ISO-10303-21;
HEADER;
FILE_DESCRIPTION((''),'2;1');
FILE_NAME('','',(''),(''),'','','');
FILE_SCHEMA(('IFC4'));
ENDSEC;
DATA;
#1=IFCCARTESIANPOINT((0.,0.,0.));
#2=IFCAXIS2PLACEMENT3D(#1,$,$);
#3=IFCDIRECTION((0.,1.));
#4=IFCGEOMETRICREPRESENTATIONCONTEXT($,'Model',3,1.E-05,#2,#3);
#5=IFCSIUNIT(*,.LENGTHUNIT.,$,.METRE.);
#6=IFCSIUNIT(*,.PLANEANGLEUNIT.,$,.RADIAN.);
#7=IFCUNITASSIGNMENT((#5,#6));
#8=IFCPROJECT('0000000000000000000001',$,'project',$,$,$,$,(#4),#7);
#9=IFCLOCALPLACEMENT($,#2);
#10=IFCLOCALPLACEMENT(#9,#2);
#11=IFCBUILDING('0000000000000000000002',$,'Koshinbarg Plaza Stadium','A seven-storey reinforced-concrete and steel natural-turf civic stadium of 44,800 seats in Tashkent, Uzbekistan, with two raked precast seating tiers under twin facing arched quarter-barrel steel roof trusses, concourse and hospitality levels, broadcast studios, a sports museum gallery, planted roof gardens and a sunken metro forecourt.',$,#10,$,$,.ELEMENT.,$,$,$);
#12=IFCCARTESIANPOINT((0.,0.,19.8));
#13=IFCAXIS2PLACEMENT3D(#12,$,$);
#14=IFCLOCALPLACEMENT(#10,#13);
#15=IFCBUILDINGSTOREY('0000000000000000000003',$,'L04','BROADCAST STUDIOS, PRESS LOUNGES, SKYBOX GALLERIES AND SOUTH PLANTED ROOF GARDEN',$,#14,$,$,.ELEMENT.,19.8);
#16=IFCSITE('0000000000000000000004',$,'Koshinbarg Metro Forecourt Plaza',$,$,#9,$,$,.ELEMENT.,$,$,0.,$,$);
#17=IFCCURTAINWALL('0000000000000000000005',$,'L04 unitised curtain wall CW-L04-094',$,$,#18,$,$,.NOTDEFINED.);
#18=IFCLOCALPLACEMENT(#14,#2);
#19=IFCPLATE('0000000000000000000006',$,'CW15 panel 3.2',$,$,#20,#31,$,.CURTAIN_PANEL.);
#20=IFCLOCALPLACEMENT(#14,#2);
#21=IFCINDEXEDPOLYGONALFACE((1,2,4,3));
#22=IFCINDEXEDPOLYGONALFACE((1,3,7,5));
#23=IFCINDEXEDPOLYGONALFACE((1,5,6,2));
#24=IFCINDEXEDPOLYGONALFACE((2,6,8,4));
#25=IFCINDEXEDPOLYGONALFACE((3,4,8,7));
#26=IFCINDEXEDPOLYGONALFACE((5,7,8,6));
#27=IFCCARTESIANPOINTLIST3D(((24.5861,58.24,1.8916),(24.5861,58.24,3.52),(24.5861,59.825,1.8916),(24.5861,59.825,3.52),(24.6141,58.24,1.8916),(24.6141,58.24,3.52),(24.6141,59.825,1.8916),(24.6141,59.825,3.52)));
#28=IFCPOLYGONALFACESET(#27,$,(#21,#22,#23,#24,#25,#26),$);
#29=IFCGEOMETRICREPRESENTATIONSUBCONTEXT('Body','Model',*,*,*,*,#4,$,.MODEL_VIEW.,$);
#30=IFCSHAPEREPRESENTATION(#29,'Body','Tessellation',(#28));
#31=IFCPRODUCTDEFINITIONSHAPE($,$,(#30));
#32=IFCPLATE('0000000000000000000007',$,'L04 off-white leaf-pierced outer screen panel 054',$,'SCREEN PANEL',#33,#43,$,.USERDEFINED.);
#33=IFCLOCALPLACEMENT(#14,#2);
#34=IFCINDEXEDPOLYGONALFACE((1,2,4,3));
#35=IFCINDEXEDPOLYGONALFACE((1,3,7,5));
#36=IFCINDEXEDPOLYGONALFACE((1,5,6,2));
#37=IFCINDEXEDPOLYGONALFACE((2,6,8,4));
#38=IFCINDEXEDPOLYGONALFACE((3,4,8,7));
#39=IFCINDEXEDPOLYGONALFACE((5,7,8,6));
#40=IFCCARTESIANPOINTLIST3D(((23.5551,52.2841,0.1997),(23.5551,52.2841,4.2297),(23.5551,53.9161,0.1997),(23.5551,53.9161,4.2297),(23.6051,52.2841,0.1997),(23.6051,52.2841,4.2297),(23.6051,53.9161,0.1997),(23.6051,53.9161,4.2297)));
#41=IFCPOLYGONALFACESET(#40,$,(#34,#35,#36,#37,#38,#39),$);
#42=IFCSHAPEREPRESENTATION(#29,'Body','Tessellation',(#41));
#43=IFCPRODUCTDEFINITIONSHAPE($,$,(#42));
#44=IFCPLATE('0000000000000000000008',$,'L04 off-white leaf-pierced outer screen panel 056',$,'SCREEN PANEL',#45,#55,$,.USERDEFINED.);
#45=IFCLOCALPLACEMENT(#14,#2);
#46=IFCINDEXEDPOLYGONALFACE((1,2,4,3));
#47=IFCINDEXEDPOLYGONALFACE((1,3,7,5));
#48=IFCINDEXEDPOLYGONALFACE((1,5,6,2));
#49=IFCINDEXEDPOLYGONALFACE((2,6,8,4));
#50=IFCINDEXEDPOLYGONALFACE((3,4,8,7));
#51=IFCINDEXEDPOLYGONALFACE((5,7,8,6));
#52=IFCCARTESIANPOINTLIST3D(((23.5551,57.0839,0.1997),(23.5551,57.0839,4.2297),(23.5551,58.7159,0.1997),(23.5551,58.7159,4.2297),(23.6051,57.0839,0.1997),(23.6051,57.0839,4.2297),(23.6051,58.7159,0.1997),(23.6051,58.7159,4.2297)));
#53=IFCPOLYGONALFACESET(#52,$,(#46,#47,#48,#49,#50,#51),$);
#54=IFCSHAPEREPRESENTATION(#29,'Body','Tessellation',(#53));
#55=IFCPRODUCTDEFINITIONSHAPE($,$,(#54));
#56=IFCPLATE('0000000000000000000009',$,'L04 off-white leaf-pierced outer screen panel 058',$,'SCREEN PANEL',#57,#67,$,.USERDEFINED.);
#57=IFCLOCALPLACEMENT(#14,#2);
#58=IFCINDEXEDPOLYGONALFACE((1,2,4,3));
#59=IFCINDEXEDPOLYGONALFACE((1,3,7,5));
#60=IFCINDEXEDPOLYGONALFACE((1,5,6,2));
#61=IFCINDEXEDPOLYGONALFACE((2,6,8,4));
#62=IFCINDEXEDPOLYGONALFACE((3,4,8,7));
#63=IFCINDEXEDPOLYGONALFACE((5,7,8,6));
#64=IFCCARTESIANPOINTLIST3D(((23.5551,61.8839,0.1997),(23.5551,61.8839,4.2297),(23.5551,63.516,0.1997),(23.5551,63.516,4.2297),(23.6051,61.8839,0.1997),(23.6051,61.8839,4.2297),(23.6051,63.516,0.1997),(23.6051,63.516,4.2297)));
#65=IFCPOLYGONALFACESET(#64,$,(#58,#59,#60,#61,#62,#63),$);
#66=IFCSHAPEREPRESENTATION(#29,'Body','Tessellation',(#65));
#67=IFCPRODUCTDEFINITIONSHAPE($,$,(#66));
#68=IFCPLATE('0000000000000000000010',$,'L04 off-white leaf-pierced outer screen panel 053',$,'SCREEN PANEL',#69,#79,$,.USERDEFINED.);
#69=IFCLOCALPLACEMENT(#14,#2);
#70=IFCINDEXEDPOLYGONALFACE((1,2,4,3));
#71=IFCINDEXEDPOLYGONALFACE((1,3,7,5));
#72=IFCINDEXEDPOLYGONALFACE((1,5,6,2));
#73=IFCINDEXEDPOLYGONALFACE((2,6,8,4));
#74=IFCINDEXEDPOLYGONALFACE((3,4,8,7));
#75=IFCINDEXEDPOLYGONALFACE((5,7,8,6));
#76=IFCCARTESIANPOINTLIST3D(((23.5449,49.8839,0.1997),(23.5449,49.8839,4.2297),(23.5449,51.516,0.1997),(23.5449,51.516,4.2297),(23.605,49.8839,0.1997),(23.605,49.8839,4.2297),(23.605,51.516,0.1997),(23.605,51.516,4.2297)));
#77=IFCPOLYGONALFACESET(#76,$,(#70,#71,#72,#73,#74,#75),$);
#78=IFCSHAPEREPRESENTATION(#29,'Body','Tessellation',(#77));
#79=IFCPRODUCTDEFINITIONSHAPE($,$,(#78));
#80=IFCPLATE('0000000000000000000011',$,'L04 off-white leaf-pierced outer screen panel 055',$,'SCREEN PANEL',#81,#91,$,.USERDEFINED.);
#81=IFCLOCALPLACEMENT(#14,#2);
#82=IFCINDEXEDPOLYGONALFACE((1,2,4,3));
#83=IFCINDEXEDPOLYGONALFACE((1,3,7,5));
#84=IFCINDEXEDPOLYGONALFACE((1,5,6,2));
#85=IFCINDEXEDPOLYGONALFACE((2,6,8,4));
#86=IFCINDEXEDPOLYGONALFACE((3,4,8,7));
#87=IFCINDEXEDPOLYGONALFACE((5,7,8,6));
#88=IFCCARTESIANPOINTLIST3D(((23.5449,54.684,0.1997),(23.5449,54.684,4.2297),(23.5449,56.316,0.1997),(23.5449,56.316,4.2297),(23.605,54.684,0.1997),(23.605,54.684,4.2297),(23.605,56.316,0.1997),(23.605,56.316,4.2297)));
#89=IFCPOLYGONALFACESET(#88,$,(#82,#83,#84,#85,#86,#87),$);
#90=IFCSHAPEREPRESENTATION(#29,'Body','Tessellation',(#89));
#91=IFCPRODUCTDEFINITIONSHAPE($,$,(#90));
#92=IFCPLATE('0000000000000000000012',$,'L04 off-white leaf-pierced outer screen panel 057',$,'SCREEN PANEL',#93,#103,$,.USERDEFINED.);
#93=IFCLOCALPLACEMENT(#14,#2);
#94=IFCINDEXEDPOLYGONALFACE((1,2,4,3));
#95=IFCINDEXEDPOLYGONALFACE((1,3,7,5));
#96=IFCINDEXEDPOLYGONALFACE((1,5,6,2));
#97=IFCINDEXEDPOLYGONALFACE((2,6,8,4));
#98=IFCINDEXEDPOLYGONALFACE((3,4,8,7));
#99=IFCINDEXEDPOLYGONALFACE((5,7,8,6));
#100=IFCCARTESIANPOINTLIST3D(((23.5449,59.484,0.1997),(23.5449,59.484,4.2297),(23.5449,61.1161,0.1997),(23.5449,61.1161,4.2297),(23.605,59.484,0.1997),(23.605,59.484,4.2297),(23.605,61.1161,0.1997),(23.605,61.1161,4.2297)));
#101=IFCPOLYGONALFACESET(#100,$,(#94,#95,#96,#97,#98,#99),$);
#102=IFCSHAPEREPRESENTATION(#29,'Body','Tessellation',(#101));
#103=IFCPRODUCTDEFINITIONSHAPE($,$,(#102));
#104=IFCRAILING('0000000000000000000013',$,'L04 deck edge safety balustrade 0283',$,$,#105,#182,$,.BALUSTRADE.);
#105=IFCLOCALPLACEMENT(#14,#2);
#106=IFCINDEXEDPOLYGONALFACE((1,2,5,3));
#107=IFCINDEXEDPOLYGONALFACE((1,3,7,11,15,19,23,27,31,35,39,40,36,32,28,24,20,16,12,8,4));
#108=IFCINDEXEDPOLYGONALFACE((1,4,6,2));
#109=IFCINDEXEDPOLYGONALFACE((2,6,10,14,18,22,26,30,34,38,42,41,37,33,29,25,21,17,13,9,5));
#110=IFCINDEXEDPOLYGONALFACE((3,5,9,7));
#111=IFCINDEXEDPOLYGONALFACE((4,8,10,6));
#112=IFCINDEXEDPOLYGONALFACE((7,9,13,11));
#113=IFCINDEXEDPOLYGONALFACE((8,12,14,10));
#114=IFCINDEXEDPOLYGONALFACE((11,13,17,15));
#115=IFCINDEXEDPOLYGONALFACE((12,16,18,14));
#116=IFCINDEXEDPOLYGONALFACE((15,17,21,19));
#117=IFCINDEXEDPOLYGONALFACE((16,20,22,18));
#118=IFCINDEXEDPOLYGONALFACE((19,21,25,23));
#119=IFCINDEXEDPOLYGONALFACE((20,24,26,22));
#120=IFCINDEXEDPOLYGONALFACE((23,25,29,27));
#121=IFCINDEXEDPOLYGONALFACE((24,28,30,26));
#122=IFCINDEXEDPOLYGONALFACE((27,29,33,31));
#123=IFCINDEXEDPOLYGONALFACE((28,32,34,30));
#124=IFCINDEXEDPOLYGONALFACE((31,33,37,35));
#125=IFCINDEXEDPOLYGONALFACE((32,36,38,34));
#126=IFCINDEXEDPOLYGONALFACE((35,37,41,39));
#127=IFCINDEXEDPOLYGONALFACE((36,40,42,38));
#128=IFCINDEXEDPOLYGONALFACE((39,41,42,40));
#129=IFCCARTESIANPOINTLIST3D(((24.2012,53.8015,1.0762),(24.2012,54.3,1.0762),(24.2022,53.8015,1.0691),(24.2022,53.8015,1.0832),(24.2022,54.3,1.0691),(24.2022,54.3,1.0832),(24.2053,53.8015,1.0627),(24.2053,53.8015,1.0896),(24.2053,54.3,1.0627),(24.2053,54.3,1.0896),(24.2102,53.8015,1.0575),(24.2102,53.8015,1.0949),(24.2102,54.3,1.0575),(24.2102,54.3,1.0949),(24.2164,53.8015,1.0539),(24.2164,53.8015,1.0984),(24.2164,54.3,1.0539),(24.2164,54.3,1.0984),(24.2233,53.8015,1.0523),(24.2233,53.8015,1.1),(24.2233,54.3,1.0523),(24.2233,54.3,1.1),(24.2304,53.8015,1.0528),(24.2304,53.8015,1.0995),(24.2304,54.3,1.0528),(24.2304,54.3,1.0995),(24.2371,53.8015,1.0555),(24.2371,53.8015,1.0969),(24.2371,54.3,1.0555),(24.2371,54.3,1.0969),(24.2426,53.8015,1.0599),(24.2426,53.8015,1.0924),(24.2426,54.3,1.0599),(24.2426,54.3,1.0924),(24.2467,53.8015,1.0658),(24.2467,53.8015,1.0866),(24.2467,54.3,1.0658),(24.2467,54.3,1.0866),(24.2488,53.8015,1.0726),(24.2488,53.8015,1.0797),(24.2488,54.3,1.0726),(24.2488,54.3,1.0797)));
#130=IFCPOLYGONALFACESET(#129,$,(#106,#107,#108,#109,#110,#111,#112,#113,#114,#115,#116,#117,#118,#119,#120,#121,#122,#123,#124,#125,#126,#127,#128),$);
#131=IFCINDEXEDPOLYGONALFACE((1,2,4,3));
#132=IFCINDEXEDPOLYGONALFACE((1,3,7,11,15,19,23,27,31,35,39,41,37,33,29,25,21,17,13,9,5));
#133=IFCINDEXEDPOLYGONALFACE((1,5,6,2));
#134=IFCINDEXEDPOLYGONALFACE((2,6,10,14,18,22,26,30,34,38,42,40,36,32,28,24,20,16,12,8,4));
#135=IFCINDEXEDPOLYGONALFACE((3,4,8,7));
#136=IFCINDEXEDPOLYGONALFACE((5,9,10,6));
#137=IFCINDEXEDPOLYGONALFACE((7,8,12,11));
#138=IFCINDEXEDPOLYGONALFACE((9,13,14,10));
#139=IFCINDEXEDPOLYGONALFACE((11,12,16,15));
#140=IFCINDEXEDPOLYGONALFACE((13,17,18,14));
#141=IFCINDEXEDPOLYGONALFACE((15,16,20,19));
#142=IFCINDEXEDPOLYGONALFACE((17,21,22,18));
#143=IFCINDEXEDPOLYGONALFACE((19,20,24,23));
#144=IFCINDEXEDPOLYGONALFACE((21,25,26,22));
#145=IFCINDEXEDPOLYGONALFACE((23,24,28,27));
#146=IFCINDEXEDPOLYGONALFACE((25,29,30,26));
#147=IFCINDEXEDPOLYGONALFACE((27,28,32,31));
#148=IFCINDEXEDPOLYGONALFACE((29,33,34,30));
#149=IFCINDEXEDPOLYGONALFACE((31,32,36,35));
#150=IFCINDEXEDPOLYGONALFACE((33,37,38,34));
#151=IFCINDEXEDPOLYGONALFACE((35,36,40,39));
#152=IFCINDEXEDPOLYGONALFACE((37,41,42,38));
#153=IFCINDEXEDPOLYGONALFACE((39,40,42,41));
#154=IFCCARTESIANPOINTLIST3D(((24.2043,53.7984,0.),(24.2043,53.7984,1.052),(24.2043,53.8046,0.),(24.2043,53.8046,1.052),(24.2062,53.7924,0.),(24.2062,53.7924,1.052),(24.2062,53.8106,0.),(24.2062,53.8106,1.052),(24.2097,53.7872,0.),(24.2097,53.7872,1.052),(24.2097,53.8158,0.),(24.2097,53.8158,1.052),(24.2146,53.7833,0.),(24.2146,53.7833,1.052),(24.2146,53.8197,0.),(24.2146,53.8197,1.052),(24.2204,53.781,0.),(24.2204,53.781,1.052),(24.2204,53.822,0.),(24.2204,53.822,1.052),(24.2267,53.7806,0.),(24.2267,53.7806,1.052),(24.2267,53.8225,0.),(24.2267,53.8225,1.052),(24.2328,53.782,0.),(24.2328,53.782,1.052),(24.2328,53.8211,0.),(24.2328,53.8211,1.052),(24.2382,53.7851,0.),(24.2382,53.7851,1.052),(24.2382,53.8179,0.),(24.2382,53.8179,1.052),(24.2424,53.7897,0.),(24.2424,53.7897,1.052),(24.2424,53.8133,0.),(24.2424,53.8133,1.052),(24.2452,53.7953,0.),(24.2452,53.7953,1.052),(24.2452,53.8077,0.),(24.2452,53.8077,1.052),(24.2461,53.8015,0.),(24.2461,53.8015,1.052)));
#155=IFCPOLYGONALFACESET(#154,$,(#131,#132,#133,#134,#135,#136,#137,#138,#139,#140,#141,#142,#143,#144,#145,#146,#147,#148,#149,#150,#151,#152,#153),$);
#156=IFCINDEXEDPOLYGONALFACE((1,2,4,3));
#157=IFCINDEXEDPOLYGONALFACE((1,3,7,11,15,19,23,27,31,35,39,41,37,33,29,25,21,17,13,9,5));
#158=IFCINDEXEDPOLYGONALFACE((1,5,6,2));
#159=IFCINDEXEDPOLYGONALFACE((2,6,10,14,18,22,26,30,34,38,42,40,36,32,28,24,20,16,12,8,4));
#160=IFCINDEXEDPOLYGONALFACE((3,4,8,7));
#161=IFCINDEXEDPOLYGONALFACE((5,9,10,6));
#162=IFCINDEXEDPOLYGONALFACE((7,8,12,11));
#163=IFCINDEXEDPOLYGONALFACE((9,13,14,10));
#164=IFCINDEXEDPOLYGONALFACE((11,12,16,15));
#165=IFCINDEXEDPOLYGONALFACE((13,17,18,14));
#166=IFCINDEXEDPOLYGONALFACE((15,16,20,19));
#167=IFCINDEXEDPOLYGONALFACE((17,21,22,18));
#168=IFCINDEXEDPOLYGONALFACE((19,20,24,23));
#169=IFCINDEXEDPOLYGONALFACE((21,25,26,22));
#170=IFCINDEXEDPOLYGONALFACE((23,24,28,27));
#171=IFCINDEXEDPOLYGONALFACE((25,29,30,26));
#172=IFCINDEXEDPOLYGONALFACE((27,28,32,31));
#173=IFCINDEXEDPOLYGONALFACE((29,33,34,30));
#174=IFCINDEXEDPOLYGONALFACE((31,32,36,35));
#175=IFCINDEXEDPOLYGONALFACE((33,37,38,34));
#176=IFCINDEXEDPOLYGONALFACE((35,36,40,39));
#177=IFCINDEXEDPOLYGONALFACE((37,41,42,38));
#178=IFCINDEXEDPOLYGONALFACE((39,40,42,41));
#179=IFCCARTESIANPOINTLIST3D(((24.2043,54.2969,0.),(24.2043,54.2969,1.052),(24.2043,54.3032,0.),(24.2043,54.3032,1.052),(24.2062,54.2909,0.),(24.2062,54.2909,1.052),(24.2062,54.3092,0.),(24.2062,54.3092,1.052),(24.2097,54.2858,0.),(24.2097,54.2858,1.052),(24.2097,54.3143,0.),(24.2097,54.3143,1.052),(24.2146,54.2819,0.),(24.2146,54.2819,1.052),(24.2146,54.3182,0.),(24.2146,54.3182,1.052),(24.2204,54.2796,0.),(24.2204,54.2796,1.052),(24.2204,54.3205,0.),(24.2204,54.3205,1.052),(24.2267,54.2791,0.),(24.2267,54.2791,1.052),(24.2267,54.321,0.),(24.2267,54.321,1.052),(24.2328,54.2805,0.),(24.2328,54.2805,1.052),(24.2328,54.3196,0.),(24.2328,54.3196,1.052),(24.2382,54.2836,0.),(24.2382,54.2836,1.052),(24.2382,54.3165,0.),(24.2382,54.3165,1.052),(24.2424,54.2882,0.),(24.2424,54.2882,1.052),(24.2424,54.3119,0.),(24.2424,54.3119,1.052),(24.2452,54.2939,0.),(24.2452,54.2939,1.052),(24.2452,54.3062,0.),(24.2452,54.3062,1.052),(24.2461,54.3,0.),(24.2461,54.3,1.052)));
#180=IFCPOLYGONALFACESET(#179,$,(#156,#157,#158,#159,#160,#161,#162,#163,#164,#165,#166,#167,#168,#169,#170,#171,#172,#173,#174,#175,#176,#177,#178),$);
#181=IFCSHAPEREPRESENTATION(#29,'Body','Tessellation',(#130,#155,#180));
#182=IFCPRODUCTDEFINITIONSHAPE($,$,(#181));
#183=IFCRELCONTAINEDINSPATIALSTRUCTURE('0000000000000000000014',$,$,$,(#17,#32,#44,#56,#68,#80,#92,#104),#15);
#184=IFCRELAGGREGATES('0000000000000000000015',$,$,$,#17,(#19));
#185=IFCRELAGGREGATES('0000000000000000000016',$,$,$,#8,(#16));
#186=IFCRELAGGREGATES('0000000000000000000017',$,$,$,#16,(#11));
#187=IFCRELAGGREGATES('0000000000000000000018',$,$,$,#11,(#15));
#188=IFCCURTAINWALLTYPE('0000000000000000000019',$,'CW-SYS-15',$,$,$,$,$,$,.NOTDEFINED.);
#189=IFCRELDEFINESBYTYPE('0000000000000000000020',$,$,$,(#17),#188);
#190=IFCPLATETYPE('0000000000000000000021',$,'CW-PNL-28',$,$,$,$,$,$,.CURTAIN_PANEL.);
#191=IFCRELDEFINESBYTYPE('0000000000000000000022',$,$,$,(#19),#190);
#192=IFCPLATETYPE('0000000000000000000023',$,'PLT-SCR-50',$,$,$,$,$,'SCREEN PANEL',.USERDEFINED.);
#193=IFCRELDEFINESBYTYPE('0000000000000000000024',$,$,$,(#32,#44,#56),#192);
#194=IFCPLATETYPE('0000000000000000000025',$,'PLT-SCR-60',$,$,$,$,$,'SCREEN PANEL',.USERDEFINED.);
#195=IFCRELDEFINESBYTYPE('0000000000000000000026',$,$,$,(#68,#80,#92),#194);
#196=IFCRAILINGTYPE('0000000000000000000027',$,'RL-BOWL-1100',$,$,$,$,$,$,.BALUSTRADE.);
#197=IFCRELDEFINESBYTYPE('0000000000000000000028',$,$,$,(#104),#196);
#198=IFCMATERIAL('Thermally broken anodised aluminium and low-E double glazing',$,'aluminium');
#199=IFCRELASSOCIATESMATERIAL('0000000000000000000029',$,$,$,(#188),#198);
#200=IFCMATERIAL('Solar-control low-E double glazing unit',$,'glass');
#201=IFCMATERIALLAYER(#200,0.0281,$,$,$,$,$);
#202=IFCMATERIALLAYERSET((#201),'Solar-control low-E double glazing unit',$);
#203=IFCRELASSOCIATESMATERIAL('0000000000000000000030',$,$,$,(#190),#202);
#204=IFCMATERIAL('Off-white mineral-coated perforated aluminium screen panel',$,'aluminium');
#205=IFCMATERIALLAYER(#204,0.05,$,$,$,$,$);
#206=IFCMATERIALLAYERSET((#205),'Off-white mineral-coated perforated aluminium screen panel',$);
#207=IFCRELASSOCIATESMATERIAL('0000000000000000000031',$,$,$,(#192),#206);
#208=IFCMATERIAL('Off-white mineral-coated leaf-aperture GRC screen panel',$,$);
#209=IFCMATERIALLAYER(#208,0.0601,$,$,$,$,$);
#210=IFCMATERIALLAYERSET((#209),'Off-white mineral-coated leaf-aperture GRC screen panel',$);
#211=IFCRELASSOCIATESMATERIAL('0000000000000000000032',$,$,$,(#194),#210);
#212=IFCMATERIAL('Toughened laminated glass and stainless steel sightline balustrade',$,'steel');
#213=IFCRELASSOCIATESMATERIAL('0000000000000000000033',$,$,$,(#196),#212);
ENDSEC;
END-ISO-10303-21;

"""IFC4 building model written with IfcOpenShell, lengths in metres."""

from ifc_helpers import new_model, si_unit, direction, frame, origin, origin_2d, place, context, subcontext, project, spatial, rectangle, circle, extrude, material, layer, layer_set, type_object, element, aggregate, save


model = new_model("IFC4")

# Units and contexts
model_context = context("Model", 3, precision=1e-05, world=origin(), true_north=direction((0.0, 1.0)))
body_context = subcontext(model_context, "Body", "Model", "MODEL_VIEW")
ifc_project = project(units=[si_unit("LENGTHUNIT", "METRE"), si_unit("PLANEANGLEUNIT", "RADIAN")], contexts=[model_context])

# Site, building, storey
site_placement = place(None, origin())
site = spatial("IfcSite", under=ifc_project, at=site_placement, Name="Koshinbarg Metro Forecourt Plaza", CompositionType="ELEMENT", RefElevation=0.0)
building_placement = place(site_placement, origin())
building = spatial("IfcBuilding", under=site, at=building_placement, Name="Koshinbarg Plaza Stadium", Description="A seven-storey reinforced-concrete and steel natural-turf civic stadium of 44,800 seats in Tashkent, Uzbekistan, with two raked precast seating tiers under twin facing arched quarter-barrel steel roof trusses, concourse and hospitality levels, broadcast studios, a sports museum gallery, planted roof gardens and a sunken metro forecourt.", CompositionType="ELEMENT")
storey_placement = place(building_placement, frame((0.0, 0.0, 19.8)))
storey = spatial("IfcBuildingStorey", under=building, at=storey_placement, Name="L04", Description="BROADCAST STUDIOS, PRESS LOUNGES, SKYBOX GALLERIES AND SOUTH PLANTED ROOF GARDEN", CompositionType="ELEMENT", Elevation=19.8)

# Curtain wall
ifc_material_1 = material(Name="Thermally broken anodised aluminium and low-E double glazing", Category="aluminium")
curtain_wall_type = type_object("IfcCurtainWallType", Name="CW-SYS-15", PredefinedType="NOTDEFINED", material=ifc_material_1)
curtain_wall_placement = place(storey_placement, origin())
curtain_wall = element("IfcCurtainWall", 1, at=curtain_wall_placement, inside=storey, type_object=curtain_wall_type, Name="L04 unitised curtain wall CW-L04-094", PredefinedType="NOTDEFINED")

# Plate
ifc_material_2 = material(Name="Solar-control low-E double glazing unit", Category="glass")
ifc_layer_1 = layer(ifc_material_2, 0.0281)
ifc_layer_set_1 = layer_set([ifc_layer_1], Name="Solar-control low-E double glazing unit")
plate_type_1 = type_object("IfcPlateType", Name="CW-PNL-28", PredefinedType="CURTAIN_PANEL", material=ifc_layer_set_1)
plate_1_placement = place(storey_placement, frame((24.6001, 59.0325, 1.8916), z_axis=(0.0, 0.0, 1.0), x_axis=(0.0, 1.0, 0.0)))
plate_1 = element("IfcPlate", 2, at=plate_1_placement, type_object=plate_type_1, Name="CW15 panel 3.2", PredefinedType="CURTAIN_PANEL", context=body_context, shape_type="SweptSolid", body=[
    extrude(rectangle(XDim=1.585, YDim=0.0281, at=origin_2d()), origin(), (0.0, 0.0, 1.0), 1.6284),
])
aggregate(curtain_wall, [plate_1])

# Plates
ifc_material_3 = material(Name="Off-white mineral-coated perforated aluminium screen panel", Category="aluminium")
ifc_layer_2 = layer(ifc_material_3, 0.05)
ifc_layer_set_2 = layer_set([ifc_layer_2], Name="Off-white mineral-coated perforated aluminium screen panel")
plate_type_2 = type_object("IfcPlateType", Name="PLT-SCR-50", ElementType="SCREEN PANEL", PredefinedType="USERDEFINED", material=ifc_layer_set_2)
for number, where, z_axis, x_axis, name in (
    (3, (23.5801, 53.1001, 0.1997), (0.0, 0.0, 1.0), (1.0, 0.0, 0.0), "L04 off-white leaf-pierced outer screen panel 054"),
    (4, (23.5801, 57.8999, 0.1997), (0.0, 0.0, 1.0), (1.0, 0.0, 0.0), "L04 off-white leaf-pierced outer screen panel 056"),
    (5, (23.5801, 62.7, 0.1997), (0.0, 0.0, 1.0), (1.0, 0.0, 0.0), "L04 off-white leaf-pierced outer screen panel 058"),
):
    element("IfcPlate", number, at=place(storey_placement, frame(where, z_axis=z_axis, x_axis=x_axis)), inside=storey, type_object=plate_type_2, Name=name, ObjectType="SCREEN PANEL", PredefinedType="USERDEFINED", context=body_context, shape_type="SweptSolid", body=[
        extrude(rectangle(XDim=0.05, YDim=1.6321, at=origin_2d()), origin(), (0.0, 0.0, 1.0), 4.03),
    ])
ifc_material_4 = material(Name="Off-white mineral-coated leaf-aperture GRC screen panel")
ifc_layer_3 = layer(ifc_material_4, 0.0601)
ifc_layer_set_3 = layer_set([ifc_layer_3], Name="Off-white mineral-coated leaf-aperture GRC screen panel")
plate_type_3 = type_object("IfcPlateType", Name="PLT-SCR-60", ElementType="SCREEN PANEL", PredefinedType="USERDEFINED", material=ifc_layer_set_3)
for number, where, z_axis, x_axis, name in (
    (6, (23.575, 50.7, 0.1997), (0.0, 0.0, 1.0), (1.0, 0.0, 0.0), "L04 off-white leaf-pierced outer screen panel 053"),
    (7, (23.575, 55.5, 0.1997), (0.0, 0.0, 1.0), (1.0, 0.0, 0.0), "L04 off-white leaf-pierced outer screen panel 055"),
    (8, (23.575, 60.3, 0.1997), (0.0, 0.0, 1.0), (1.0, 0.0, 0.0), "L04 off-white leaf-pierced outer screen panel 057"),
):
    element("IfcPlate", number, at=place(storey_placement, frame(where, z_axis=z_axis, x_axis=x_axis)), inside=storey, type_object=plate_type_3, Name=name, ObjectType="SCREEN PANEL", PredefinedType="USERDEFINED", context=body_context, shape_type="SweptSolid", body=[
        extrude(rectangle(XDim=0.0601, YDim=1.6321, at=origin_2d()), origin(), (0.0, 0.0, 1.0), 4.03),
    ])

# Railing
ifc_material_5 = material(Name="Toughened laminated glass and stainless steel sightline balustrade", Category="steel")
railing_type = type_object("IfcRailingType", Name="RL-BOWL-1100", PredefinedType="BALUSTRADE", material=ifc_material_5)
railing_1_placement = place(storey_placement, frame((24.2251, 53.8015, 0.0)))
element("IfcRailing", 9, at=railing_1_placement, inside=storey, type_object=railing_type, Name="L04 deck edge safety balustrade 0283", PredefinedType="BALUSTRADE", context=body_context, shape_type="SweptSolid", body=[
    extrude(circle(Radius=0.0239, at=origin_2d()), frame((0.0, 0.0, 1.0762), z_axis=(0.0, 1.0, 0.0), x_axis=(-1.0, 0.0, 0.0)), (0.0, 0.0, 1.0), 0.4985),
    extrude(circle(Radius=0.021, at=origin_2d()), origin(), (0.0, 0.0, 1.0), 1.052),
    extrude(circle(Radius=0.021, at=origin_2d()), frame((0.0, 0.4985, 0.0)), (0.0, 0.0, 1.0), 1.052),
])

save(model, "model.ifc")
